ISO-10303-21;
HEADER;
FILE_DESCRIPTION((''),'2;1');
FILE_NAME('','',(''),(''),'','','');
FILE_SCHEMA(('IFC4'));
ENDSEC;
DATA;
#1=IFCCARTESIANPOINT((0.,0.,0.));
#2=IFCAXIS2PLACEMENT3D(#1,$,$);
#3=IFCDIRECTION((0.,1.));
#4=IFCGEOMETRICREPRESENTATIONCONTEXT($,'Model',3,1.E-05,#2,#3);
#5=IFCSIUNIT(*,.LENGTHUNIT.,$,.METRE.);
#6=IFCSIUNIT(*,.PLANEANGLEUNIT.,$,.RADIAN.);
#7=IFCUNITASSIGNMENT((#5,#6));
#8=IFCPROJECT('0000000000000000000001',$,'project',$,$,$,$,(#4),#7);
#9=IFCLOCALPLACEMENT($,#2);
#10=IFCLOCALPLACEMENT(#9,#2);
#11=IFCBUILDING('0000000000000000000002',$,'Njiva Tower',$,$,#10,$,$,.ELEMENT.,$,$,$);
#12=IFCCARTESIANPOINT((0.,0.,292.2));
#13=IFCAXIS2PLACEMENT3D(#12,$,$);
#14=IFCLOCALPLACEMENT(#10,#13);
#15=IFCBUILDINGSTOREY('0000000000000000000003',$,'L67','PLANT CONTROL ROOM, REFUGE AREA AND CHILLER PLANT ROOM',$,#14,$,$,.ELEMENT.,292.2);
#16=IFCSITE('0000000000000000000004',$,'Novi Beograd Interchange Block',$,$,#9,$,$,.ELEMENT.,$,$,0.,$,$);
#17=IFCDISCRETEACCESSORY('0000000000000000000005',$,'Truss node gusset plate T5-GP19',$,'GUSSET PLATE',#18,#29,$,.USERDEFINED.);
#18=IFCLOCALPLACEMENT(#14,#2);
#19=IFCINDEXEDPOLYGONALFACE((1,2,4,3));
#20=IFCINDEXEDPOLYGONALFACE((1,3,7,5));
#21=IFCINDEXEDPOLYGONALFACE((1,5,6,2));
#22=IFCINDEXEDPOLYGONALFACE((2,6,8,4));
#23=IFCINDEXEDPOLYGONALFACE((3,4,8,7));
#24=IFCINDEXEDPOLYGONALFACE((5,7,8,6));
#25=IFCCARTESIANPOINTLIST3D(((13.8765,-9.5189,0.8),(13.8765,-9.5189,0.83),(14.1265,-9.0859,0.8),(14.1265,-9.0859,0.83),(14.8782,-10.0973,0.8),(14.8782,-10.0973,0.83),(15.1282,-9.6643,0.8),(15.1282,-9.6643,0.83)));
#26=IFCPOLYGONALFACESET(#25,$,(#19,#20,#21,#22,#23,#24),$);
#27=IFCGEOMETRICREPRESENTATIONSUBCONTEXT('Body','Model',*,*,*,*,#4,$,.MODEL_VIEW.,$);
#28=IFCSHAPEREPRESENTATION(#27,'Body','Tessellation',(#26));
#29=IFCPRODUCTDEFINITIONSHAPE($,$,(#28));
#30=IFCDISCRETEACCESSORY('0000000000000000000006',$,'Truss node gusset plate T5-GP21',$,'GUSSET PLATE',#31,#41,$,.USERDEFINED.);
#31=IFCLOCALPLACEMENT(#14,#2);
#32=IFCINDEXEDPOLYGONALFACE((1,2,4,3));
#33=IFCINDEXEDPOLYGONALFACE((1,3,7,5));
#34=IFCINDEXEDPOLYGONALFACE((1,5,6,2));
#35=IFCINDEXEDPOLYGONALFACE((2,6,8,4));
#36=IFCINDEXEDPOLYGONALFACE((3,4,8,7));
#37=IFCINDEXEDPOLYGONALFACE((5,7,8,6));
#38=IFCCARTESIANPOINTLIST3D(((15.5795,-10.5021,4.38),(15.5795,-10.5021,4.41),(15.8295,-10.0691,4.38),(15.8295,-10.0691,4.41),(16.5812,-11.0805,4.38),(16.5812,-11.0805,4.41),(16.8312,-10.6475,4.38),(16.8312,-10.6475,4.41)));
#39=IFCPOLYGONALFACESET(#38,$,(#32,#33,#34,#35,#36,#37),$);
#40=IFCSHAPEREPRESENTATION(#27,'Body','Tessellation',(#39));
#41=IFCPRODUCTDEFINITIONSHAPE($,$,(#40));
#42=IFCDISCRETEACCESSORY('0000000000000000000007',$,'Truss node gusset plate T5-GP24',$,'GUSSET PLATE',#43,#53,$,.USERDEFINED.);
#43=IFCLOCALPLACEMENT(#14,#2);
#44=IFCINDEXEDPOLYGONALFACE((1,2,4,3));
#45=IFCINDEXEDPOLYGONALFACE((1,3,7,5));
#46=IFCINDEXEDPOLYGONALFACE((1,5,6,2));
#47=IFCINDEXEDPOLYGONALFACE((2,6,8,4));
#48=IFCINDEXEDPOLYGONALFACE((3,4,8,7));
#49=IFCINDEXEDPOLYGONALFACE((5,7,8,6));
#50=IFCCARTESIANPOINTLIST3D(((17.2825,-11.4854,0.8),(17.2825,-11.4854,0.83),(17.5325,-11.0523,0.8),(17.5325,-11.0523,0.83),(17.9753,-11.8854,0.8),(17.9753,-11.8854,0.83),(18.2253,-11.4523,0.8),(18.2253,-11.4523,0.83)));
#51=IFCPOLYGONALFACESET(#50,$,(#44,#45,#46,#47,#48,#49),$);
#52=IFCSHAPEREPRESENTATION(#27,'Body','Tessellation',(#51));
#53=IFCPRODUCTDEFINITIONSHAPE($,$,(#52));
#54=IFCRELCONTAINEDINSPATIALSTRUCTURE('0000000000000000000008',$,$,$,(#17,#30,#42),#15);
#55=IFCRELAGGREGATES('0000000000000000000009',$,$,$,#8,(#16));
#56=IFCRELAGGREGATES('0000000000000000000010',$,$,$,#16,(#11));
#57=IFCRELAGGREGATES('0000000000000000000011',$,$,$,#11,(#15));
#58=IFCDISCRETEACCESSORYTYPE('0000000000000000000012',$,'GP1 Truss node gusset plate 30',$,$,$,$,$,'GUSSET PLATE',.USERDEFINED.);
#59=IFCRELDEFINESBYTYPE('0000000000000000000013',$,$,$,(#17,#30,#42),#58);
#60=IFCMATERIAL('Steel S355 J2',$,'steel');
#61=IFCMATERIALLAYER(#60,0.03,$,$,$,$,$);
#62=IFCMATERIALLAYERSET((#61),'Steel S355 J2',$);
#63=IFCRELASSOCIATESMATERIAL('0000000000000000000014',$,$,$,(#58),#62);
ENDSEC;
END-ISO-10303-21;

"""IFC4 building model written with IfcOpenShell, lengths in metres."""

from ifc_helpers import new_model, si_unit, direction, frame, origin, place, context, subcontext, project, spatial, polyline, outline, extrude, material, layer, layer_set, type_object, element, save


model = new_model("IFC4")

# Units and contexts
model_context = context("Model", 3, precision=1e-05, world=origin(), true_north=direction((0.0, 1.0)))
body_context = subcontext(model_context, "Body", "Model", "MODEL_VIEW")
ifc_project = project(units=[si_unit("LENGTHUNIT", "METRE"), si_unit("PLANEANGLEUNIT", "RADIAN")], contexts=[model_context])

# Site, building, storey
site_placement = place(None, origin())
site = spatial("IfcSite", under=ifc_project, at=site_placement, Name="Novi Beograd Interchange Block", CompositionType="ELEMENT", RefElevation=0.0)
building_placement = place(site_placement, origin())
building = spatial("IfcBuilding", under=site, at=building_placement, Name="Njiva Tower", CompositionType="ELEMENT")
storey_placement = place(building_placement, frame((0.0, 0.0, 292.2)))
storey = spatial("IfcBuildingStorey", under=building, at=storey_placement, Name="L67", Description="PLANT CONTROL ROOM, REFUGE AREA AND CHILLER PLANT ROOM", CompositionType="ELEMENT", Elevation=292.2)

# Shared definitions
ifc_material_1 = material(Name="Steel S355 J2", Category="steel")

# Discrete accessories
ifc_layer_1 = layer(ifc_material_1, 0.03)
ifc_layer_set_1 = layer_set([ifc_layer_1], Name="Steel S355 J2")
discrete_accessory_type = type_object("IfcDiscreteAccessoryType", Name="GP1 Truss node gusset plate 30", ElementType="GUSSET PLATE", PredefinedType="USERDEFINED", material=ifc_layer_set_1)
for number, where, name in (
    (1, (14.5023, -9.5916, 0.8), "Truss node gusset plate T5-GP19"),
    (2, (16.2053, -10.5748, 4.38), "Truss node gusset plate T5-GP21"),
):
    element("IfcDiscreteAccessory", number, at=place(storey_placement, frame(where)), inside=storey, type_object=discrete_accessory_type, Name=name, ObjectType="GUSSET PLATE", PredefinedType="USERDEFINED", context=body_context, shape_type="SweptSolid", body=[
        extrude(outline(polyline([(0.6259, -0.0727), (-0.3758, 0.5057), (-0.6258, 0.0727), (0.3759, -0.5057), (0.6259, -0.0727)])), origin(), (0.0, 0.0, 1.0), 0.03),
    ])
discrete_accessory_1_placement = place(storey_placement, frame((17.7539, -11.4688, 0.8)))
element("IfcDiscreteAccessory", 3, at=discrete_accessory_1_placement, inside=storey, type_object=discrete_accessory_type, Name="Truss node gusset plate T5-GP24", ObjectType="GUSSET PLATE", PredefinedType="USERDEFINED", context=body_context, shape_type="SweptSolid", body=[
    extrude(outline(polyline([(0.4714, 0.0165), (-0.2214, 0.4165), (-0.4714, -0.0166), (0.2214, -0.4166), (0.4714, 0.0165)])), origin(), (0.0, 0.0, 1.0), 0.03),
])

save(model, "model.ifc")
